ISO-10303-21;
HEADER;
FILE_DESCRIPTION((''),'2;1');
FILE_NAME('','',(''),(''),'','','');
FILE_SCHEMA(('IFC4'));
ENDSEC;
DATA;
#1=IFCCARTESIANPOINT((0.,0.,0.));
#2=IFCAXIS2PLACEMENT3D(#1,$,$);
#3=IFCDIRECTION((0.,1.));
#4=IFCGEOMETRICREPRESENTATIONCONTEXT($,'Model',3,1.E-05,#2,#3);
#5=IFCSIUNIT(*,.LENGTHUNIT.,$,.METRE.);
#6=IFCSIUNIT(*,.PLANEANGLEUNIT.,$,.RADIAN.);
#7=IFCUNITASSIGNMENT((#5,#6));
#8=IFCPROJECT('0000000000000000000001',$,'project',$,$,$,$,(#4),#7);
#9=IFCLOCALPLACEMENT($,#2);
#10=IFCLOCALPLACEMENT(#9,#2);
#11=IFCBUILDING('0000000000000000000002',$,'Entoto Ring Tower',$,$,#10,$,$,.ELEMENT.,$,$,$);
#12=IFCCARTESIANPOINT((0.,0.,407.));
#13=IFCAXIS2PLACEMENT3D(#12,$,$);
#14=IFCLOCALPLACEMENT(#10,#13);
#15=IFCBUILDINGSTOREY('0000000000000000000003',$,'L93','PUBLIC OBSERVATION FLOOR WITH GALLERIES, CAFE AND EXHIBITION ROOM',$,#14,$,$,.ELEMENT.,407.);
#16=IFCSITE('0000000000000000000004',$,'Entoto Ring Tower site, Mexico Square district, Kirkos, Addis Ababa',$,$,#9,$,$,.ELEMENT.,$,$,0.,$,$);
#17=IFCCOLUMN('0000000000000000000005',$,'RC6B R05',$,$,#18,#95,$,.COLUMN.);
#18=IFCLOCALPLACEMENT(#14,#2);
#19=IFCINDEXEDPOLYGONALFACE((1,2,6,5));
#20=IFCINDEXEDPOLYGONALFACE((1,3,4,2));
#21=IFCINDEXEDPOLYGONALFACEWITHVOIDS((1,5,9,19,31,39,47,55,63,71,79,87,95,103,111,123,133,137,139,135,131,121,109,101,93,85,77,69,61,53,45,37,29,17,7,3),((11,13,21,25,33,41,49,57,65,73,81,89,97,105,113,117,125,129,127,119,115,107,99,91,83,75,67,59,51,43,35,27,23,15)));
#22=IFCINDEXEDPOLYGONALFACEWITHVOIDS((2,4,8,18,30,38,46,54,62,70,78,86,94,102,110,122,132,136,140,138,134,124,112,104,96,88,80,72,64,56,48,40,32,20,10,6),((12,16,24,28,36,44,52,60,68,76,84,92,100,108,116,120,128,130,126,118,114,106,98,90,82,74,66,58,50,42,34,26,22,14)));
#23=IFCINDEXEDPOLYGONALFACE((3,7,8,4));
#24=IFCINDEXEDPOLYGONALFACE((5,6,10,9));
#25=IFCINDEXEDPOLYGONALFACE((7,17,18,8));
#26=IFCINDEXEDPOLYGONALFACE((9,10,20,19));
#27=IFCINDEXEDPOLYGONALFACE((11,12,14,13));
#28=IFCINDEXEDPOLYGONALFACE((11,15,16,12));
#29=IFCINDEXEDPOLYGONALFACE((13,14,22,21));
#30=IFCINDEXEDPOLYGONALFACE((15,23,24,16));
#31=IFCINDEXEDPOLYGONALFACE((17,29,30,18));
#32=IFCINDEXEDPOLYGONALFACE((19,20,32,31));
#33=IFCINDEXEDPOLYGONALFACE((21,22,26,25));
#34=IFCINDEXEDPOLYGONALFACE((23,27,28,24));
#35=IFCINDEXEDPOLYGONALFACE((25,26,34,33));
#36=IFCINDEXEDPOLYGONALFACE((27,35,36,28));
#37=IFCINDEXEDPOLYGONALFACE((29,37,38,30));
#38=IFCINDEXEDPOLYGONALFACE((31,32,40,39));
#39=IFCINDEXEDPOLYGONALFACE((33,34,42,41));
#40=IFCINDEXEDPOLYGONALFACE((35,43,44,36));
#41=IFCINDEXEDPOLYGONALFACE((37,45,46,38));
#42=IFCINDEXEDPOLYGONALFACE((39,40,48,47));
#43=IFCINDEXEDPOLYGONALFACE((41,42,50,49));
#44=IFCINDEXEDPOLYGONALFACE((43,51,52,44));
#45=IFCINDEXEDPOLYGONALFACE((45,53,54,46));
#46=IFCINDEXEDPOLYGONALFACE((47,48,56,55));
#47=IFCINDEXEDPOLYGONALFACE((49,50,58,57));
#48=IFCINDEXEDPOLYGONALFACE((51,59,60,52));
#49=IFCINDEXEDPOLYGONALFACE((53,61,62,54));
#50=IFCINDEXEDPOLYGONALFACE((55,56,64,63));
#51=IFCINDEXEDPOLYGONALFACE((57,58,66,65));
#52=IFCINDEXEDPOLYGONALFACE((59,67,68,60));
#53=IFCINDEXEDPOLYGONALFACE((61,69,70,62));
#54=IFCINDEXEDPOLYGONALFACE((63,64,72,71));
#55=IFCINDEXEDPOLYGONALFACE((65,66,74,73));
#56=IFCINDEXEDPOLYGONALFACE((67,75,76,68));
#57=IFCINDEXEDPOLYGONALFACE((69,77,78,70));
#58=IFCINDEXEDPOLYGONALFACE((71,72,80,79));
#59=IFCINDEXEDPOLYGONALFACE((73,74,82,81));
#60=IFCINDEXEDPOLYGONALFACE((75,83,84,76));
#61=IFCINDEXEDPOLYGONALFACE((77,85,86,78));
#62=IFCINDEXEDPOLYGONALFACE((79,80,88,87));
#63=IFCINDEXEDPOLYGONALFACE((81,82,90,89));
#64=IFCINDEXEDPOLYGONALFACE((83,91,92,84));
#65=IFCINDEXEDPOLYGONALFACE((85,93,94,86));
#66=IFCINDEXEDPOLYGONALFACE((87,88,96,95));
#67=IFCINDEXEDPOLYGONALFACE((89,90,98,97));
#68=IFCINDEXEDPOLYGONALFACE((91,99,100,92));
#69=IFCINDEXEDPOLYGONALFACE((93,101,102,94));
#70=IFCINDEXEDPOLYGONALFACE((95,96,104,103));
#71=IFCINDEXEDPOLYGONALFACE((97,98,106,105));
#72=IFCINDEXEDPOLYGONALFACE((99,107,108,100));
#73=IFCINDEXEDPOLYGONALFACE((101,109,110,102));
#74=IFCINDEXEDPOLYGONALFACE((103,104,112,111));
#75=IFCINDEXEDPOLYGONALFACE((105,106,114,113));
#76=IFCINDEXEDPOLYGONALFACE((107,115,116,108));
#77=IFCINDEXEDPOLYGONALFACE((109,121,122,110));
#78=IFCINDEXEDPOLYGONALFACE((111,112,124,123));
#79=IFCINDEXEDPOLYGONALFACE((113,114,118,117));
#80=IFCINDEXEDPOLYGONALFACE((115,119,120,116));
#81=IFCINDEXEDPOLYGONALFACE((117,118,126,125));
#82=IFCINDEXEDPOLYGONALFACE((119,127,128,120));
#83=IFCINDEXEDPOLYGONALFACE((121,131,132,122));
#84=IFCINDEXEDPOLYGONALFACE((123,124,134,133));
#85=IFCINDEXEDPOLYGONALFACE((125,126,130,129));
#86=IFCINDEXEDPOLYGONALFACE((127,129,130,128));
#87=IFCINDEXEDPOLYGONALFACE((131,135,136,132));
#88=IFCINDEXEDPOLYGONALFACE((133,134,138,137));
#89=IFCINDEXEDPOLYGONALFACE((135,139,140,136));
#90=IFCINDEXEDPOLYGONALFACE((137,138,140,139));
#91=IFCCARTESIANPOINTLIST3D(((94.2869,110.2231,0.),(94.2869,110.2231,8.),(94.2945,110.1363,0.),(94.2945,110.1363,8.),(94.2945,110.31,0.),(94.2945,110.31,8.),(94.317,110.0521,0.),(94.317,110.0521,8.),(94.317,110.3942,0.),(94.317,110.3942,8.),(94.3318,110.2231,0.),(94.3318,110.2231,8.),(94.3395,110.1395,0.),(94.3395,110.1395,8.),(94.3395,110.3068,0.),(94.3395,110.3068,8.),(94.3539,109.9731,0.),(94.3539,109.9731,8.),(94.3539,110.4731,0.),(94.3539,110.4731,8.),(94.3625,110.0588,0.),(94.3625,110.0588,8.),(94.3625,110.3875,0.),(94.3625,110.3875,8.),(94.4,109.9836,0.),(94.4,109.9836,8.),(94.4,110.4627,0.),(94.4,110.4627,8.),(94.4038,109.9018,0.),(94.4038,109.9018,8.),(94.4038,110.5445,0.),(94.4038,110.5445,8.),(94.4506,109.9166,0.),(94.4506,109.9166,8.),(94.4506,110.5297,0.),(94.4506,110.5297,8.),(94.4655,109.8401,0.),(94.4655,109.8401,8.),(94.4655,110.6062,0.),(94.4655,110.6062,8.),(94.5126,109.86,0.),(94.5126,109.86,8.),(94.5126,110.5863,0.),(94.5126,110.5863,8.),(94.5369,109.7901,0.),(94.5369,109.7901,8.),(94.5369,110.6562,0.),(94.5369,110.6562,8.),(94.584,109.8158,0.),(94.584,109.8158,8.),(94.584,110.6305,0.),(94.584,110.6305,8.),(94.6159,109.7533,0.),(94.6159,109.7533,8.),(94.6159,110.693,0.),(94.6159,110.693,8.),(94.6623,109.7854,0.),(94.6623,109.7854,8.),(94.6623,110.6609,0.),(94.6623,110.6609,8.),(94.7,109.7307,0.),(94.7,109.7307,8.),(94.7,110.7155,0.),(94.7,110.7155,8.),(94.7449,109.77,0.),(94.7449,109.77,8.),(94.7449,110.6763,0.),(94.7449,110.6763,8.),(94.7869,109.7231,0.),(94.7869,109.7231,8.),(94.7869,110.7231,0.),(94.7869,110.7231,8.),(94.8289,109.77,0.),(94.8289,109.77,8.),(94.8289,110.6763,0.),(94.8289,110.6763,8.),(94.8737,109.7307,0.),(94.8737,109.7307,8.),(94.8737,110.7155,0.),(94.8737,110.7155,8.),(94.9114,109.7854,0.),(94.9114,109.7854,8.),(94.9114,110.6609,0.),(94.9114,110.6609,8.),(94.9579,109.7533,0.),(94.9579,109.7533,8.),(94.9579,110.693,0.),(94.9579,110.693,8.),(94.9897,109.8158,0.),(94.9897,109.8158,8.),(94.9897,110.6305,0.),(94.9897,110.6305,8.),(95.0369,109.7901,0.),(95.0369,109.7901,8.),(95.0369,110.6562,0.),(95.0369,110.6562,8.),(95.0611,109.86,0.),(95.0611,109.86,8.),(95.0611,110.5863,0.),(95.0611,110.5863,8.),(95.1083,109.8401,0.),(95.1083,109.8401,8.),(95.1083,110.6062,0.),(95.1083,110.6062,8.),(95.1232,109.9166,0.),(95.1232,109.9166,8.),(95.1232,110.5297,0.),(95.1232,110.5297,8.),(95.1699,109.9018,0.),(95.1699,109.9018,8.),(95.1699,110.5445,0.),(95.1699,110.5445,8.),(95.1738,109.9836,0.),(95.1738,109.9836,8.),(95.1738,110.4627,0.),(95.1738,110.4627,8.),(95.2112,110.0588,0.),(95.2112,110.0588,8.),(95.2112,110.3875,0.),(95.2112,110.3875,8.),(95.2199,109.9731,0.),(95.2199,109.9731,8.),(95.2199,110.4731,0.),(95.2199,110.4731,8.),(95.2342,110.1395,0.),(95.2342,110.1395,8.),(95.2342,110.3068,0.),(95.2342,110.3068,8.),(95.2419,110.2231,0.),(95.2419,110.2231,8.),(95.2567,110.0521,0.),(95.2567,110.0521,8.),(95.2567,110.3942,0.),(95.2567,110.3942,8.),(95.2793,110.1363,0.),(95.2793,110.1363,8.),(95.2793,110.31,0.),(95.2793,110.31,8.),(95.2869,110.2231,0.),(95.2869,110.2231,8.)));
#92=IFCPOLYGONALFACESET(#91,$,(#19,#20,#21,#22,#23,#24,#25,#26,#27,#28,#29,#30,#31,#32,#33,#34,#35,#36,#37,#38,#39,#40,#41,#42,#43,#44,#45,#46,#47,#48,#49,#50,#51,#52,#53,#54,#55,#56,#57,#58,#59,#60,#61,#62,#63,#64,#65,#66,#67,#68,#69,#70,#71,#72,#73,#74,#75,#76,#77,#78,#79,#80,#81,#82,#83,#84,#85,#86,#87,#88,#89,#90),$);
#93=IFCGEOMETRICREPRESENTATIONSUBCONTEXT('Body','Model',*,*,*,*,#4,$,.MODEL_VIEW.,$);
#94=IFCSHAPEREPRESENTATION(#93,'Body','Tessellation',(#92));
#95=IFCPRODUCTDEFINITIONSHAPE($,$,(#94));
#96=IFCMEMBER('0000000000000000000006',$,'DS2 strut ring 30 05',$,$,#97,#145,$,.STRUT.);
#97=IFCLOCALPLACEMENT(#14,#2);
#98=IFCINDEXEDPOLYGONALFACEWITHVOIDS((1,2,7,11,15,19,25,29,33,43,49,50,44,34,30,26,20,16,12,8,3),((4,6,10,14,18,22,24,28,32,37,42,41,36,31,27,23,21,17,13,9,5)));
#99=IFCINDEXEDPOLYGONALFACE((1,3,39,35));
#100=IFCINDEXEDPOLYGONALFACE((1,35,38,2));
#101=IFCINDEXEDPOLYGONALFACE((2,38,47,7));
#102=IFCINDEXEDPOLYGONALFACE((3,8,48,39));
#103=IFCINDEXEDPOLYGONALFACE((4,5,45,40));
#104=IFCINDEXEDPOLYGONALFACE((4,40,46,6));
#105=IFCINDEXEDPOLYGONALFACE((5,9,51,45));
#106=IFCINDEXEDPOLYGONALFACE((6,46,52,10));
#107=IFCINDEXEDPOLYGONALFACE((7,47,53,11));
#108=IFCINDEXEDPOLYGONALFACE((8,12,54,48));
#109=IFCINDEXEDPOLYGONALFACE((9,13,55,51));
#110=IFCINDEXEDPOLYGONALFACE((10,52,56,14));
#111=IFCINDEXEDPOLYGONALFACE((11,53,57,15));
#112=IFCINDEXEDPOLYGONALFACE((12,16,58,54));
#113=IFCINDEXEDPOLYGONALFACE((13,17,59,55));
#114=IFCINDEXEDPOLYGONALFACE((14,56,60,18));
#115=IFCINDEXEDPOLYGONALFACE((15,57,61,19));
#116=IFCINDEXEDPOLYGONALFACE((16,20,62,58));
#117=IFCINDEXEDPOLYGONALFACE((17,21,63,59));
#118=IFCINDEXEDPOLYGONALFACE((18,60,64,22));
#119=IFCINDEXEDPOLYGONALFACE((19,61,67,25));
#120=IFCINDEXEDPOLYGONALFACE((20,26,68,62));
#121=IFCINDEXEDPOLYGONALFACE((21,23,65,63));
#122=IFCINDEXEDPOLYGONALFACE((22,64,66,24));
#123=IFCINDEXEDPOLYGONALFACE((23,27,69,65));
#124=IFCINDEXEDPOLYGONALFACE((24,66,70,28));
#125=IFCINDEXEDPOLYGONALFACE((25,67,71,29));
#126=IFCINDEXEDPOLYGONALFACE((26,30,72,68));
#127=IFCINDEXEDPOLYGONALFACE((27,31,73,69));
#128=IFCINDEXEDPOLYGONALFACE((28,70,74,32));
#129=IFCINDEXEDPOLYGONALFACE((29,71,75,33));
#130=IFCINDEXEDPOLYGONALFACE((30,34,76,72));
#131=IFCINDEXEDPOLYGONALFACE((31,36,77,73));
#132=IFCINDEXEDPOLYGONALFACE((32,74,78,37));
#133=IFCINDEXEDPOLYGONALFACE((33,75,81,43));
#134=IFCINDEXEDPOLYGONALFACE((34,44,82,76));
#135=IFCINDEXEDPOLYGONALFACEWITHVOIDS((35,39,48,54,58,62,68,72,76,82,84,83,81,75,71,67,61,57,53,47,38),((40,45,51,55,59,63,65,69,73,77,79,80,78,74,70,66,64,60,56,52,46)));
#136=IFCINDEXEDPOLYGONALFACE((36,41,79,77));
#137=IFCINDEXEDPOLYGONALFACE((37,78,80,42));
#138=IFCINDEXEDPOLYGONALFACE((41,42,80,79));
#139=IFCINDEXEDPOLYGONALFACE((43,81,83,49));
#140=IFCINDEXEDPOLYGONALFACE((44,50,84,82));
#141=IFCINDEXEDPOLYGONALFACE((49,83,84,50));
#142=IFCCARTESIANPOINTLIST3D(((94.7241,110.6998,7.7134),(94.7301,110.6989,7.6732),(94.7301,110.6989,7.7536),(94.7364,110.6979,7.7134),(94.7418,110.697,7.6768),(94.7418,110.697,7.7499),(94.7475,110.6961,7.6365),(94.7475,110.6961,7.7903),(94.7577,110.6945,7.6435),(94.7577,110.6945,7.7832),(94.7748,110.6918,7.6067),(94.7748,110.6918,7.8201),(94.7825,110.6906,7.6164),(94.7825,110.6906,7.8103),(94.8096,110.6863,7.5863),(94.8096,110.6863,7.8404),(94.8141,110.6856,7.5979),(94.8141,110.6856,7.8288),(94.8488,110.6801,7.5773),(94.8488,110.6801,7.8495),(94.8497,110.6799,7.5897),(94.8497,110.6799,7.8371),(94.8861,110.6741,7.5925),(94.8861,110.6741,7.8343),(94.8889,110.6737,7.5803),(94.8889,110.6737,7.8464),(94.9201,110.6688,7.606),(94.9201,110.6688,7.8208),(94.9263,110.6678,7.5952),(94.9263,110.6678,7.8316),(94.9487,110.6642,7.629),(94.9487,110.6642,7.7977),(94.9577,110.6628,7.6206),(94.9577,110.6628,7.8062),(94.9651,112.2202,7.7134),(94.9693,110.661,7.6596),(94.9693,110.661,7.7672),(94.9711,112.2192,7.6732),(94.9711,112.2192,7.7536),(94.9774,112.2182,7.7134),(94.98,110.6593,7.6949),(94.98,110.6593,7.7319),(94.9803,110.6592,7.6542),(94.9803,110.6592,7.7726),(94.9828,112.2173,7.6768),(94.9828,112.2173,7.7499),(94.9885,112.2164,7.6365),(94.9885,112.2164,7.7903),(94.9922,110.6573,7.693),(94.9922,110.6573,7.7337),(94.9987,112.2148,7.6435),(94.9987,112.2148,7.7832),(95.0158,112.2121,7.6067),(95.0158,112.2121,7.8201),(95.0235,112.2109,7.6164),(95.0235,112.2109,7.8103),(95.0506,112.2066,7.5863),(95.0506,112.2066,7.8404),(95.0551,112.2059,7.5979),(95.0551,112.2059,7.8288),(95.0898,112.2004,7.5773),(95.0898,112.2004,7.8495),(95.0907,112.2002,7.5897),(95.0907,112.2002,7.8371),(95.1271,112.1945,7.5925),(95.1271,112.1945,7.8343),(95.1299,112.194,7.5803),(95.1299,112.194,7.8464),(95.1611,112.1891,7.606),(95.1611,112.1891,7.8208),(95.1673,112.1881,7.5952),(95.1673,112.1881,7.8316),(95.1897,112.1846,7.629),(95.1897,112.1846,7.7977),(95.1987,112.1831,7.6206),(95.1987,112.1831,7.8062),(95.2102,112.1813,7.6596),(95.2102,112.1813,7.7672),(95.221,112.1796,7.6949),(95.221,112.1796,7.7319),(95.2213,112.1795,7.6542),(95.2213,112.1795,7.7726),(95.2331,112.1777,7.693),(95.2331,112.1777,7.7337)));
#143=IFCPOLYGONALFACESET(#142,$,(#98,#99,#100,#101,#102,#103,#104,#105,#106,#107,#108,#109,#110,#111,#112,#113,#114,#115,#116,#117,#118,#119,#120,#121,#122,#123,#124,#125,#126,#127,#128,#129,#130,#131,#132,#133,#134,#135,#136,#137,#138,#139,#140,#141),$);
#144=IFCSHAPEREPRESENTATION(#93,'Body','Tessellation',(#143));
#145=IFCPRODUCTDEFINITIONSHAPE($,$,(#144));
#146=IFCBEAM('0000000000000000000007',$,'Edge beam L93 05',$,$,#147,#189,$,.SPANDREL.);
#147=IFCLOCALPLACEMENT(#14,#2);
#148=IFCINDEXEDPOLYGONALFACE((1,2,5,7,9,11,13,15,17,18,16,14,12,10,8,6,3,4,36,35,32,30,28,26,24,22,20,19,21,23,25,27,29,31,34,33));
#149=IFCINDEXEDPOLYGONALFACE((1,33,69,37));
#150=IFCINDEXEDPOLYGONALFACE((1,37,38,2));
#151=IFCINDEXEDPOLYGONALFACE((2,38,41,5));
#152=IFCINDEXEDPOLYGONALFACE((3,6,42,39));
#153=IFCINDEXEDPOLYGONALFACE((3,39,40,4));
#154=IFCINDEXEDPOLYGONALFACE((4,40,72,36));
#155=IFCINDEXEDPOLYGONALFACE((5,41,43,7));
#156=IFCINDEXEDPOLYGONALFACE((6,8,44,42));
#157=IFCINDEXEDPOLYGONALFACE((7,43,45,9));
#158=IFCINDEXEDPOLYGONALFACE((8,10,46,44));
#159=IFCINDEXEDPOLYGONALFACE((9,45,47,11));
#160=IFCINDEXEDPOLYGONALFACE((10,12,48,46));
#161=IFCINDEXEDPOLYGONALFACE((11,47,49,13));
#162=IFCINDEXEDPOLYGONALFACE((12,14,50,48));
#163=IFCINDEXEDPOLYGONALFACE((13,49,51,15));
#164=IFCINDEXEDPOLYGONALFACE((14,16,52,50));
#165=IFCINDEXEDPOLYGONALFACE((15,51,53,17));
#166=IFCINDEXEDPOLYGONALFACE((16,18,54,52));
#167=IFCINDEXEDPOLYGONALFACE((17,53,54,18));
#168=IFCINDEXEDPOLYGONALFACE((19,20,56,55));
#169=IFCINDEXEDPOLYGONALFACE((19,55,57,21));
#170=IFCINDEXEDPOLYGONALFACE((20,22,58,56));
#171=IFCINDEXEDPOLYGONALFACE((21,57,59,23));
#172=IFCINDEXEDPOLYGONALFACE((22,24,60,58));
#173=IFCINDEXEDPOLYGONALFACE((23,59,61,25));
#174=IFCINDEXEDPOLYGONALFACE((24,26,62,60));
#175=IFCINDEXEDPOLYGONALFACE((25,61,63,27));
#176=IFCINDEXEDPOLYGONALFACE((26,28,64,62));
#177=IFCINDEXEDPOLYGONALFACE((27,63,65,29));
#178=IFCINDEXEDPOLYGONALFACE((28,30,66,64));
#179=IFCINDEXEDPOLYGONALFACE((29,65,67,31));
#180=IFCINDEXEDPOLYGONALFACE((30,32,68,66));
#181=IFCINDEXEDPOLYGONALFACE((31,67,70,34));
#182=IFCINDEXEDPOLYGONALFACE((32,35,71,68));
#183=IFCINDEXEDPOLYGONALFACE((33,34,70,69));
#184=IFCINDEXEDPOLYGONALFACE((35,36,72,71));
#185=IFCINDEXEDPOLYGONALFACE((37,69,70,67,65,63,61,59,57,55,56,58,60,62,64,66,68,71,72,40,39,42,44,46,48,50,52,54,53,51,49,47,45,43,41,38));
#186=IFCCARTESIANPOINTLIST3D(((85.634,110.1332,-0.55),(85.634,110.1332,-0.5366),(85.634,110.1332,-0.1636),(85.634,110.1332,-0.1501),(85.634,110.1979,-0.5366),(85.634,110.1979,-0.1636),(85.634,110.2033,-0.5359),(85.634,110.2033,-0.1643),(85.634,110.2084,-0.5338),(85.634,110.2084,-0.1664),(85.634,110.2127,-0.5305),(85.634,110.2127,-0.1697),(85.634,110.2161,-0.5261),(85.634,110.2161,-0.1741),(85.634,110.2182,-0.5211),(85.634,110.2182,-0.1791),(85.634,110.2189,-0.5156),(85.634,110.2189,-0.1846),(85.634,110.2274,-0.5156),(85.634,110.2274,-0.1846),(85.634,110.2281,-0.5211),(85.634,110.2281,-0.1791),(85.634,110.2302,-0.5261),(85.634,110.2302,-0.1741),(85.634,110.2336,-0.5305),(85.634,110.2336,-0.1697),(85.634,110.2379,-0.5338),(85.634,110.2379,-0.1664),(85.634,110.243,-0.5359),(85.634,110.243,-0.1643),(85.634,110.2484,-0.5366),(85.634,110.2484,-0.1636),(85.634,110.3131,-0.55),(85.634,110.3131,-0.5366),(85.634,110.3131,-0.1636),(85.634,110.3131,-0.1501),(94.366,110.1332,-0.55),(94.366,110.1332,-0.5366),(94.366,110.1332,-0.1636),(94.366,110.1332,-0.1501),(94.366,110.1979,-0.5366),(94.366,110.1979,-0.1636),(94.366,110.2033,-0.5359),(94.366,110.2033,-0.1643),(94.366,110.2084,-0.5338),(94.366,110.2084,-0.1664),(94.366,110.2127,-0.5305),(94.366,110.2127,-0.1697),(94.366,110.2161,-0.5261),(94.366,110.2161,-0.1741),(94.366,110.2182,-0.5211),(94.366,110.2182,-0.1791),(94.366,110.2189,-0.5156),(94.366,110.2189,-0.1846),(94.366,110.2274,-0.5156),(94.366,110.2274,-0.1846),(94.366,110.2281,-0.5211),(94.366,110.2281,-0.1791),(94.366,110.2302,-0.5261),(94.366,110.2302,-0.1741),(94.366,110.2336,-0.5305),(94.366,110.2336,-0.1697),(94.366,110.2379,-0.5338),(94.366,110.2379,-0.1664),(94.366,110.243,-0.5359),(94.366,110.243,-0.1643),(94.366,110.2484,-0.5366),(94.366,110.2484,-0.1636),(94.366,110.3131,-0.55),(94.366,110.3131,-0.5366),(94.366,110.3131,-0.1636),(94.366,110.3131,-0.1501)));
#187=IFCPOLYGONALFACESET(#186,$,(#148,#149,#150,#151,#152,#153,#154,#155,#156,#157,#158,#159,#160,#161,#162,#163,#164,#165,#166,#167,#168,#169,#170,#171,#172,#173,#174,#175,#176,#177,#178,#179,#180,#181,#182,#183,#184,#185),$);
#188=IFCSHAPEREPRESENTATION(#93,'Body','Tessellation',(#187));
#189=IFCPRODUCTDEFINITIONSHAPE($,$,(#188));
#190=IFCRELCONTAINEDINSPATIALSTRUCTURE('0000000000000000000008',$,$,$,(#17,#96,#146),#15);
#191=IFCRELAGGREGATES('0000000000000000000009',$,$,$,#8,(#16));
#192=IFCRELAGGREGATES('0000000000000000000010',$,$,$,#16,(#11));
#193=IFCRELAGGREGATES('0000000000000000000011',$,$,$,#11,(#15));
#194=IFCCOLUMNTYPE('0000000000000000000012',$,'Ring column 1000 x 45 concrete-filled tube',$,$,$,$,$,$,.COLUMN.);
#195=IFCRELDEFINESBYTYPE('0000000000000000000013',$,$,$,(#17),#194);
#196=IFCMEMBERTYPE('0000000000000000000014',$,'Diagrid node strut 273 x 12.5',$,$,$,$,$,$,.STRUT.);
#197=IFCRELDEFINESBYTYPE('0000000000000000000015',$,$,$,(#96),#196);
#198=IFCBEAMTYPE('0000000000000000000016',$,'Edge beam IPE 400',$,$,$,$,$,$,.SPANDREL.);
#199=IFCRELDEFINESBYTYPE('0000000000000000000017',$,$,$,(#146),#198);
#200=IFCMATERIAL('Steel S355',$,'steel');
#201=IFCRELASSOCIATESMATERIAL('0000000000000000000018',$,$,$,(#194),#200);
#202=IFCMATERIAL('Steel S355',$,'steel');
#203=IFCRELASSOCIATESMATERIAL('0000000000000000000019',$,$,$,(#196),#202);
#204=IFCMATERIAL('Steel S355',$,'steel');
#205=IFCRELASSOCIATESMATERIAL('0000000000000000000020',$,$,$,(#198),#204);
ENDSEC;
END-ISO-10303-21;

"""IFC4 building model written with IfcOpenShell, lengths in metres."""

from ifc_helpers import new_model, si_unit, direction, frame, origin, origin_2d, place, context, subcontext, project, spatial, circle, hollow_circle, i_section, extrude, material, material_profile, profile_set, type_object, element, save


model = new_model("IFC4")

# Units and contexts
model_context = context("Model", 3, precision=1e-05, world=origin(), true_north=direction((0.0, 1.0)))
body_context = subcontext(model_context, "Body", "Model", "MODEL_VIEW")
ifc_project = project(units=[si_unit("LENGTHUNIT", "METRE"), si_unit("PLANEANGLEUNIT", "RADIAN")], contexts=[model_context])

# Site, building, storey
site_placement = place(None, origin())
site = spatial("IfcSite", under=ifc_project, at=site_placement, Name="Entoto Ring Tower site, Mexico Square district, Kirkos, Addis Ababa", CompositionType="ELEMENT", RefElevation=0.0)
building_placement = place(site_placement, origin())
building = spatial("IfcBuilding", under=site, at=building_placement, Name="Entoto Ring Tower", CompositionType="ELEMENT")
storey_placement = place(building_placement, frame((0.0, 0.0, 407.0)))
storey = spatial("IfcBuildingStorey", under=building, at=storey_placement, Name="L93", Description="PUBLIC OBSERVATION FLOOR WITH GALLERIES, CAFE AND EXHIBITION ROOM", CompositionType="ELEMENT", Elevation=407.0)

# Column
ifc_material_1 = material(Name="Steel S355", Category="steel")
ifc_material_profile_1 = material_profile(ifc_material_1, hollow_circle(Radius=0.5, WallThickness=0.0449, at=origin_2d()), Name="CHS 1000 x 45")
ifc_material_2 = material(Name="Concrete C60/75", Category="concrete")
ifc_material_profile_2 = material_profile(ifc_material_2, circle(Radius=0.4551, at=origin_2d()), Name="Concrete C60/75 infill")
ifc_profile_set_1 = profile_set([ifc_material_profile_1, ifc_material_profile_2], Name="Steel S355")
column_type = type_object("IfcColumnType", Name="Ring column 1000 x 45 concrete-filled tube", PredefinedType="COLUMN", material=ifc_profile_set_1)
column_placement = place(storey_placement, frame((94.7869, 110.2231, 0.0), z_axis=(0.0, 0.0, 1.0), x_axis=(1.0, 0.0, 0.0)))
element("IfcColumn", 1, at=column_placement, inside=storey, type_object=column_type, Name="RC6B R05", PredefinedType="COLUMN", context=body_context, shape_type="SweptSolid", body=[
    extrude(hollow_circle(Radius=0.5, WallThickness=0.0449, at=origin_2d()), origin(), (0.0, 0.0, 1.0), 8.0),
])

# Member
ifc_material_3 = material(Name="Steel S355", Category="steel")
ifc_material_profile_3 = material_profile(ifc_material_3, hollow_circle(Radius=0.1365, WallThickness=0.0125, at=origin_2d()), Name="CHS 273 x 12.5")
ifc_material_4 = material(Name="Concrete C60/75", Category="concrete")
ifc_material_profile_4 = material_profile(ifc_material_4, circle(Radius=0.124, at=origin_2d()), Name="Concrete C60/75 infill")
ifc_profile_set_2 = profile_set([ifc_material_profile_3, ifc_material_profile_4], Name="Steel S355")
member_type = type_object("IfcMemberType", Name="Diagrid node strut 273 x 12.5", PredefinedType="STRUT", material=ifc_profile_set_2)
member_placement = place(storey_placement, frame((94.8589, 110.6785, 7.7134), z_axis=(0.156549, 0.98767, 0.0), x_axis=(-0.98767, 0.156549, 0.0)))
element("IfcMember", 2, at=member_placement, inside=storey, type_object=member_type, Name="DS2 strut ring 30 05", PredefinedType="STRUT", context=body_context, shape_type="SweptSolid", body=[
    extrude(hollow_circle(Radius=0.1365, WallThickness=0.0125, at=origin_2d()), origin(), (0.0, 0.0, 1.0), 1.5393),
])

# Beam
ifc_material_5 = material(Name="Steel S355", Category="steel")
ifc_material_profile_5 = material_profile(ifc_material_5, i_section(OverallWidth=0.1799, OverallDepth=0.3999, WebThickness=0.0085, FlangeThickness=0.0134, FilletRadius=0.021, at=origin_2d()), Name="IPE 400")
ifc_profile_set_3 = profile_set([ifc_material_profile_5], Name="Steel S355")
beam_type_1 = type_object("IfcBeamType", Name="Edge beam IPE 400", PredefinedType="SPANDREL", material=ifc_profile_set_3)
beam_1_placement = place(storey_placement, frame((94.366, 110.2231, -0.3501), z_axis=(-1.0, 0.0, 0.0), x_axis=(0.0, -1.0, 0.0)))
element("IfcBeam", 3, at=beam_1_placement, inside=storey, type_object=beam_type_1, Name="Edge beam L93 05", PredefinedType="SPANDREL", context=body_context, shape_type="SweptSolid", body=[
    extrude(i_section(OverallWidth=0.1799, OverallDepth=0.3999, WebThickness=0.0085, FlangeThickness=0.0134, FilletRadius=0.021, at=origin_2d()), origin(), (0.0, 0.0, 1.0), 8.7319),
])

save(model, "model.ifc")
